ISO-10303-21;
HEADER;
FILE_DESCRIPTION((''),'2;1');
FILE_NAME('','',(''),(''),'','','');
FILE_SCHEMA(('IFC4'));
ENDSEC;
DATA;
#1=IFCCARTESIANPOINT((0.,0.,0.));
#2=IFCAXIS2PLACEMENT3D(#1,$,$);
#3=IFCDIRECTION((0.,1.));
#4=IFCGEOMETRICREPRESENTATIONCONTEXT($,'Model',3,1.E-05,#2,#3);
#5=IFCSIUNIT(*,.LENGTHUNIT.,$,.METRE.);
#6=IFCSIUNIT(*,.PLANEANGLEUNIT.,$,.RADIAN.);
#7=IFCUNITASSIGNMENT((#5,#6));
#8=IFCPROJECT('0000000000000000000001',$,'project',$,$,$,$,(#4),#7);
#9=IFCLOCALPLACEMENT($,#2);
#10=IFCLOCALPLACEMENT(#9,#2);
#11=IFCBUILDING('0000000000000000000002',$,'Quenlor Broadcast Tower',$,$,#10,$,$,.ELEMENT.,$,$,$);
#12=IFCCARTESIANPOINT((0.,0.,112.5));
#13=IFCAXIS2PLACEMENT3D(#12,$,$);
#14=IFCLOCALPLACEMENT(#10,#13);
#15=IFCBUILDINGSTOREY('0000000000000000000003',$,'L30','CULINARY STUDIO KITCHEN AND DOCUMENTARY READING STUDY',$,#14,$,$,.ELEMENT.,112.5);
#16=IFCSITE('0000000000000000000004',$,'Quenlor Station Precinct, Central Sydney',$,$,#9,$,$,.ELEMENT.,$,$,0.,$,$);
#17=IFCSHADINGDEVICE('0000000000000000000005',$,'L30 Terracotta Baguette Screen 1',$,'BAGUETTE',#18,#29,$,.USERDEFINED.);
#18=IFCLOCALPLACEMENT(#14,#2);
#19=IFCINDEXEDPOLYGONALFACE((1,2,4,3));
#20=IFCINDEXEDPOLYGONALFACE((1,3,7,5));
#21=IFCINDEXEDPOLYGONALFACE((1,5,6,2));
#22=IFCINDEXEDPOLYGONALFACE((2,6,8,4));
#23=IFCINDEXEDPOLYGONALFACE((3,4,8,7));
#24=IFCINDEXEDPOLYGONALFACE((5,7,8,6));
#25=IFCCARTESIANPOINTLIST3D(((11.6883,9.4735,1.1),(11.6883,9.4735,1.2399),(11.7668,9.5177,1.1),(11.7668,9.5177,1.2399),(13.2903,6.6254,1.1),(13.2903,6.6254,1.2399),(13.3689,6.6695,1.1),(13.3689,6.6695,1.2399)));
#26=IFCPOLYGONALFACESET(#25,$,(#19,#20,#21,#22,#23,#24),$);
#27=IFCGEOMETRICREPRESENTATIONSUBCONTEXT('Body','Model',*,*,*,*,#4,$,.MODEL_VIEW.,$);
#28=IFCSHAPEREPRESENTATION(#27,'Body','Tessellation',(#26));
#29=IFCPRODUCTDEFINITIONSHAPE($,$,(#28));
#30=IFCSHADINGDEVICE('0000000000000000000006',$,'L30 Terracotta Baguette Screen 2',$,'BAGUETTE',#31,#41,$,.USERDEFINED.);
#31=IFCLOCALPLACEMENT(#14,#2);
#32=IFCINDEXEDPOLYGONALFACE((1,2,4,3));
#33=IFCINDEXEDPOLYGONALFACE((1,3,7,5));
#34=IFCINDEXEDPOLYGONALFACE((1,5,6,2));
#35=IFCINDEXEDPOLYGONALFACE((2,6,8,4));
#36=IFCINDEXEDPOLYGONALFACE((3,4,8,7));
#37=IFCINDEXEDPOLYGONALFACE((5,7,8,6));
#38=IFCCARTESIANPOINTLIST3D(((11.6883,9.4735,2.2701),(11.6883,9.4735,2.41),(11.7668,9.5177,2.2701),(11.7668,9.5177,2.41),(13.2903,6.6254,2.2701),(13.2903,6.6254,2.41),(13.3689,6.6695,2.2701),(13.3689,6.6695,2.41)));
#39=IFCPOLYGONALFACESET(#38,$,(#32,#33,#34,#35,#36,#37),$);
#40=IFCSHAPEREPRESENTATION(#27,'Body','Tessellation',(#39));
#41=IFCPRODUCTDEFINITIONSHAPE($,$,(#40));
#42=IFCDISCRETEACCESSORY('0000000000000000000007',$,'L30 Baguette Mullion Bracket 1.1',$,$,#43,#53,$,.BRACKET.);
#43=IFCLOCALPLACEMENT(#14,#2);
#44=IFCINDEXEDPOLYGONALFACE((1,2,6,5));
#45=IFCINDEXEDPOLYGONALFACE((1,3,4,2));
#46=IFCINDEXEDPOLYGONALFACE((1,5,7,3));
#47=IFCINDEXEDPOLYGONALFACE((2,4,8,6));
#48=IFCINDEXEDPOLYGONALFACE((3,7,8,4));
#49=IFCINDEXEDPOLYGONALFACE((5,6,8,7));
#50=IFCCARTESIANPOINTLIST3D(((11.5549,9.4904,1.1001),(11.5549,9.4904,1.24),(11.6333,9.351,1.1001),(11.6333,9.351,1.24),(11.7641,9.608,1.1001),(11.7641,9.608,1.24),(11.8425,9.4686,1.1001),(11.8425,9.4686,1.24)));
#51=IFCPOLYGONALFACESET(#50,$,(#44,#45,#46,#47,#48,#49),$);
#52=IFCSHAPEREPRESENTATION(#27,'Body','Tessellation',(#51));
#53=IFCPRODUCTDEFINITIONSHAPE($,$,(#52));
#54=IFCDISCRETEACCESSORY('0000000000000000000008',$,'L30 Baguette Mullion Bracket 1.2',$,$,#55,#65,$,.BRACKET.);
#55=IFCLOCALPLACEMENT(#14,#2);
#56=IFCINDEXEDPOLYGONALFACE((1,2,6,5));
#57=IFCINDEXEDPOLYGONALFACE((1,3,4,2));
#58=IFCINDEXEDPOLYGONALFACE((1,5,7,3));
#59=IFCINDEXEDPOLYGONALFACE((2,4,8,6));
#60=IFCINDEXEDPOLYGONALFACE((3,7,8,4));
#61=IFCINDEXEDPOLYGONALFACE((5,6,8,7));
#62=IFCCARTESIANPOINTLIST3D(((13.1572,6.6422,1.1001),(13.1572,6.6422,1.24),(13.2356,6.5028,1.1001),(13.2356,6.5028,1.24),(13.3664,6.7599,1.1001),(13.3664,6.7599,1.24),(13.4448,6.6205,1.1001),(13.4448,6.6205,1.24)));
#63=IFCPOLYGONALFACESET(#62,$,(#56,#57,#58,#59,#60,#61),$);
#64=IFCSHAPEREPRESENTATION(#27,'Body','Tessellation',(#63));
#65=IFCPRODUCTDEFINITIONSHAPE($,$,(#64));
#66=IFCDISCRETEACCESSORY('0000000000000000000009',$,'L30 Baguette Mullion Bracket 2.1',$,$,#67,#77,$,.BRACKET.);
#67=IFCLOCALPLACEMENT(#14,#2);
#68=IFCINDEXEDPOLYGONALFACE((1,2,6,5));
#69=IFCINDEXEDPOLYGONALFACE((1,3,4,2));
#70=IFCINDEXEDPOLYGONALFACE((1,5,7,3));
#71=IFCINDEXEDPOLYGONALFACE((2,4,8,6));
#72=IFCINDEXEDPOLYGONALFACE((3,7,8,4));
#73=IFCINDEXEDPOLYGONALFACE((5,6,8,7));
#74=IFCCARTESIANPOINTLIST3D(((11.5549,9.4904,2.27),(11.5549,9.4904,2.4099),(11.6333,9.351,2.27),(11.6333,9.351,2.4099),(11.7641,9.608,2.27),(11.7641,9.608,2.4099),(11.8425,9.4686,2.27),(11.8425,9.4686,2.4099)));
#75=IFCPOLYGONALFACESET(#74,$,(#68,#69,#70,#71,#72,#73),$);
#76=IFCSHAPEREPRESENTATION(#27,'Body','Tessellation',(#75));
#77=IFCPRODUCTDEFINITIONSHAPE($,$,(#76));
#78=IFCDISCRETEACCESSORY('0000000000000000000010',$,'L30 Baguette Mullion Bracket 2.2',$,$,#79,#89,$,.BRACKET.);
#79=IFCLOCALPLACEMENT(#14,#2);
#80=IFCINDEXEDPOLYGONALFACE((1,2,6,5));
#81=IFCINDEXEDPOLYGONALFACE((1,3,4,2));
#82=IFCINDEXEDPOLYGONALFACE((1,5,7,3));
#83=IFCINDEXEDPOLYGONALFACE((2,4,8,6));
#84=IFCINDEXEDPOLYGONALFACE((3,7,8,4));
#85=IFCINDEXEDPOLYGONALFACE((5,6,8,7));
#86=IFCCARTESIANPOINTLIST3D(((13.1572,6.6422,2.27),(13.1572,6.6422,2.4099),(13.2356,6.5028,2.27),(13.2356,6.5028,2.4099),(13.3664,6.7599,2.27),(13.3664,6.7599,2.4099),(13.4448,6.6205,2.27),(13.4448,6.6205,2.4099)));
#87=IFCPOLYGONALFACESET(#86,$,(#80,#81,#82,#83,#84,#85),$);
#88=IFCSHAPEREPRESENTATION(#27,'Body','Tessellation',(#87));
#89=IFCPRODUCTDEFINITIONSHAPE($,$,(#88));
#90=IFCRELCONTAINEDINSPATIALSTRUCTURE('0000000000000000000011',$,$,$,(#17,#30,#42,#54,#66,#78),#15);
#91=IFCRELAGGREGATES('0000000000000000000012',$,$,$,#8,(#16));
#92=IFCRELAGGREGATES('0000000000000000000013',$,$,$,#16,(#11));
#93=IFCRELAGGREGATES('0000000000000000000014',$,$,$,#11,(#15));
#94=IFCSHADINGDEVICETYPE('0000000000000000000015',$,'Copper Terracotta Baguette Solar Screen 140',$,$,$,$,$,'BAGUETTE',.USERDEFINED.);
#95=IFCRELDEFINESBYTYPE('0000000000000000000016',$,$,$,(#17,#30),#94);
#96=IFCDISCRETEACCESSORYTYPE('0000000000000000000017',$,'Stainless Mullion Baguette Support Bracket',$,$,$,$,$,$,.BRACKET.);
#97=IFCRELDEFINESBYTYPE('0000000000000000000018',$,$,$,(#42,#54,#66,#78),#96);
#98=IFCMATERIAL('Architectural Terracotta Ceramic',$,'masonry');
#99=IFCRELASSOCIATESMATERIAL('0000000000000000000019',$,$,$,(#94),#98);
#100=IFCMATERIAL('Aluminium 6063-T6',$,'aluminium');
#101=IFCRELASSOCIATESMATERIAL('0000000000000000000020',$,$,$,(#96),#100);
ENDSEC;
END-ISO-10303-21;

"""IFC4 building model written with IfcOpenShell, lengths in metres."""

from ifc_helpers import new_model, si_unit, direction, frame, origin, origin_2d, place, context, subcontext, project, spatial, rectangle, extrude, material, material_profile, profile_set, type_object, element, save


model = new_model("IFC4")

# Units and contexts
model_context = context("Model", 3, precision=1e-05, world=origin(), true_north=direction((0.0, 1.0)))
body_context = subcontext(model_context, "Body", "Model", "MODEL_VIEW")
ifc_project = project(units=[si_unit("LENGTHUNIT", "METRE"), si_unit("PLANEANGLEUNIT", "RADIAN")], contexts=[model_context])

# Site, building, storey
site_placement = place(None, origin())
site = spatial("IfcSite", under=ifc_project, at=site_placement, Name="Quenlor Station Precinct, Central Sydney", CompositionType="ELEMENT", RefElevation=0.0)
building_placement = place(site_placement, origin())
building = spatial("IfcBuilding", under=site, at=building_placement, Name="Quenlor Broadcast Tower", CompositionType="ELEMENT")
storey_placement = place(building_placement, frame((0.0, 0.0, 112.5)))
storey = spatial("IfcBuildingStorey", under=building, at=storey_placement, Name="L30", Description="CULINARY STUDIO KITCHEN AND DOCUMENTARY READING STUDY", CompositionType="ELEMENT", Elevation=112.5)

# Shading devices
ifc_material_1 = material(Name="Architectural Terracotta Ceramic", Category="masonry")
ifc_material_profile_1 = material_profile(ifc_material_1, rectangle(XDim=0.0901, YDim=0.1399, at=origin_2d()))
ifc_profile_set_1 = profile_set([ifc_material_profile_1], Name="Architectural Terracotta Ceramic BAG90x140")
shading_device_type = type_object("IfcShadingDeviceType", Name="Copper Terracotta Baguette Solar Screen 140", ElementType="BAGUETTE", PredefinedType="USERDEFINED", material=ifc_profile_set_1)
for number, where, z_axis, x_axis, name in (
    (1, (11.7275, 9.4956, 1.1699), (0.490254, -0.87158, 0.0), (0.87158, 0.490254, 0.0), "L30 Terracotta Baguette Screen 1"),
    (2, (11.7275, 9.4956, 2.3401), (0.490254, -0.87158, 0.0), (0.87158, 0.490254, 0.0), "L30 Terracotta Baguette Screen 2"),
):
    element("IfcShadingDevice", number, at=place(storey_placement, frame(where, z_axis=z_axis, x_axis=x_axis)), inside=storey, type_object=shading_device_type, Name=name, ObjectType="BAGUETTE", PredefinedType="USERDEFINED", context=body_context, shape_type="SweptSolid", body=[
        extrude(rectangle(XDim=0.0901, YDim=0.1399, at=origin_2d()), origin(), (0.0, 0.0, 1.0), 3.2678),
    ])

# Discrete accessories
ifc_material_2 = material(Name="Aluminium 6063-T6", Category="aluminium")
discrete_accessory_type = type_object("IfcDiscreteAccessoryType", Name="Stainless Mullion Baguette Support Bracket", PredefinedType="BRACKET", material=ifc_material_2)
for number, where, z_axis, x_axis, name in (
    (3, (11.6987, 9.4795, 1.1001), (0.0, 0.0, 1.0), (0.490262, -0.871575, 0.0), "L30 Baguette Mullion Bracket 1.1"),
    (4, (13.301, 6.6313, 1.1001), (0.0, 0.0, 1.0), (0.490262, -0.871575, 0.0), "L30 Baguette Mullion Bracket 1.2"),
    (5, (11.6987, 9.4795, 2.27), (0.0, 0.0, 1.0), (0.490262, -0.871575, 0.0), "L30 Baguette Mullion Bracket 2.1"),
    (6, (13.301, 6.6313, 2.27), (0.0, 0.0, 1.0), (0.490262, -0.871575, 0.0), "L30 Baguette Mullion Bracket 2.2"),
):
    element("IfcDiscreteAccessory", number, at=place(storey_placement, frame(where, z_axis=z_axis, x_axis=x_axis)), inside=storey, type_object=discrete_accessory_type, Name=name, PredefinedType="BRACKET", context=body_context, shape_type="SweptSolid", body=[
        extrude(rectangle(XDim=0.1599, YDim=0.24, at=origin_2d()), origin(), (0.0, 0.0, 1.0), 0.1399),
    ])

save(model, "model.ifc")
